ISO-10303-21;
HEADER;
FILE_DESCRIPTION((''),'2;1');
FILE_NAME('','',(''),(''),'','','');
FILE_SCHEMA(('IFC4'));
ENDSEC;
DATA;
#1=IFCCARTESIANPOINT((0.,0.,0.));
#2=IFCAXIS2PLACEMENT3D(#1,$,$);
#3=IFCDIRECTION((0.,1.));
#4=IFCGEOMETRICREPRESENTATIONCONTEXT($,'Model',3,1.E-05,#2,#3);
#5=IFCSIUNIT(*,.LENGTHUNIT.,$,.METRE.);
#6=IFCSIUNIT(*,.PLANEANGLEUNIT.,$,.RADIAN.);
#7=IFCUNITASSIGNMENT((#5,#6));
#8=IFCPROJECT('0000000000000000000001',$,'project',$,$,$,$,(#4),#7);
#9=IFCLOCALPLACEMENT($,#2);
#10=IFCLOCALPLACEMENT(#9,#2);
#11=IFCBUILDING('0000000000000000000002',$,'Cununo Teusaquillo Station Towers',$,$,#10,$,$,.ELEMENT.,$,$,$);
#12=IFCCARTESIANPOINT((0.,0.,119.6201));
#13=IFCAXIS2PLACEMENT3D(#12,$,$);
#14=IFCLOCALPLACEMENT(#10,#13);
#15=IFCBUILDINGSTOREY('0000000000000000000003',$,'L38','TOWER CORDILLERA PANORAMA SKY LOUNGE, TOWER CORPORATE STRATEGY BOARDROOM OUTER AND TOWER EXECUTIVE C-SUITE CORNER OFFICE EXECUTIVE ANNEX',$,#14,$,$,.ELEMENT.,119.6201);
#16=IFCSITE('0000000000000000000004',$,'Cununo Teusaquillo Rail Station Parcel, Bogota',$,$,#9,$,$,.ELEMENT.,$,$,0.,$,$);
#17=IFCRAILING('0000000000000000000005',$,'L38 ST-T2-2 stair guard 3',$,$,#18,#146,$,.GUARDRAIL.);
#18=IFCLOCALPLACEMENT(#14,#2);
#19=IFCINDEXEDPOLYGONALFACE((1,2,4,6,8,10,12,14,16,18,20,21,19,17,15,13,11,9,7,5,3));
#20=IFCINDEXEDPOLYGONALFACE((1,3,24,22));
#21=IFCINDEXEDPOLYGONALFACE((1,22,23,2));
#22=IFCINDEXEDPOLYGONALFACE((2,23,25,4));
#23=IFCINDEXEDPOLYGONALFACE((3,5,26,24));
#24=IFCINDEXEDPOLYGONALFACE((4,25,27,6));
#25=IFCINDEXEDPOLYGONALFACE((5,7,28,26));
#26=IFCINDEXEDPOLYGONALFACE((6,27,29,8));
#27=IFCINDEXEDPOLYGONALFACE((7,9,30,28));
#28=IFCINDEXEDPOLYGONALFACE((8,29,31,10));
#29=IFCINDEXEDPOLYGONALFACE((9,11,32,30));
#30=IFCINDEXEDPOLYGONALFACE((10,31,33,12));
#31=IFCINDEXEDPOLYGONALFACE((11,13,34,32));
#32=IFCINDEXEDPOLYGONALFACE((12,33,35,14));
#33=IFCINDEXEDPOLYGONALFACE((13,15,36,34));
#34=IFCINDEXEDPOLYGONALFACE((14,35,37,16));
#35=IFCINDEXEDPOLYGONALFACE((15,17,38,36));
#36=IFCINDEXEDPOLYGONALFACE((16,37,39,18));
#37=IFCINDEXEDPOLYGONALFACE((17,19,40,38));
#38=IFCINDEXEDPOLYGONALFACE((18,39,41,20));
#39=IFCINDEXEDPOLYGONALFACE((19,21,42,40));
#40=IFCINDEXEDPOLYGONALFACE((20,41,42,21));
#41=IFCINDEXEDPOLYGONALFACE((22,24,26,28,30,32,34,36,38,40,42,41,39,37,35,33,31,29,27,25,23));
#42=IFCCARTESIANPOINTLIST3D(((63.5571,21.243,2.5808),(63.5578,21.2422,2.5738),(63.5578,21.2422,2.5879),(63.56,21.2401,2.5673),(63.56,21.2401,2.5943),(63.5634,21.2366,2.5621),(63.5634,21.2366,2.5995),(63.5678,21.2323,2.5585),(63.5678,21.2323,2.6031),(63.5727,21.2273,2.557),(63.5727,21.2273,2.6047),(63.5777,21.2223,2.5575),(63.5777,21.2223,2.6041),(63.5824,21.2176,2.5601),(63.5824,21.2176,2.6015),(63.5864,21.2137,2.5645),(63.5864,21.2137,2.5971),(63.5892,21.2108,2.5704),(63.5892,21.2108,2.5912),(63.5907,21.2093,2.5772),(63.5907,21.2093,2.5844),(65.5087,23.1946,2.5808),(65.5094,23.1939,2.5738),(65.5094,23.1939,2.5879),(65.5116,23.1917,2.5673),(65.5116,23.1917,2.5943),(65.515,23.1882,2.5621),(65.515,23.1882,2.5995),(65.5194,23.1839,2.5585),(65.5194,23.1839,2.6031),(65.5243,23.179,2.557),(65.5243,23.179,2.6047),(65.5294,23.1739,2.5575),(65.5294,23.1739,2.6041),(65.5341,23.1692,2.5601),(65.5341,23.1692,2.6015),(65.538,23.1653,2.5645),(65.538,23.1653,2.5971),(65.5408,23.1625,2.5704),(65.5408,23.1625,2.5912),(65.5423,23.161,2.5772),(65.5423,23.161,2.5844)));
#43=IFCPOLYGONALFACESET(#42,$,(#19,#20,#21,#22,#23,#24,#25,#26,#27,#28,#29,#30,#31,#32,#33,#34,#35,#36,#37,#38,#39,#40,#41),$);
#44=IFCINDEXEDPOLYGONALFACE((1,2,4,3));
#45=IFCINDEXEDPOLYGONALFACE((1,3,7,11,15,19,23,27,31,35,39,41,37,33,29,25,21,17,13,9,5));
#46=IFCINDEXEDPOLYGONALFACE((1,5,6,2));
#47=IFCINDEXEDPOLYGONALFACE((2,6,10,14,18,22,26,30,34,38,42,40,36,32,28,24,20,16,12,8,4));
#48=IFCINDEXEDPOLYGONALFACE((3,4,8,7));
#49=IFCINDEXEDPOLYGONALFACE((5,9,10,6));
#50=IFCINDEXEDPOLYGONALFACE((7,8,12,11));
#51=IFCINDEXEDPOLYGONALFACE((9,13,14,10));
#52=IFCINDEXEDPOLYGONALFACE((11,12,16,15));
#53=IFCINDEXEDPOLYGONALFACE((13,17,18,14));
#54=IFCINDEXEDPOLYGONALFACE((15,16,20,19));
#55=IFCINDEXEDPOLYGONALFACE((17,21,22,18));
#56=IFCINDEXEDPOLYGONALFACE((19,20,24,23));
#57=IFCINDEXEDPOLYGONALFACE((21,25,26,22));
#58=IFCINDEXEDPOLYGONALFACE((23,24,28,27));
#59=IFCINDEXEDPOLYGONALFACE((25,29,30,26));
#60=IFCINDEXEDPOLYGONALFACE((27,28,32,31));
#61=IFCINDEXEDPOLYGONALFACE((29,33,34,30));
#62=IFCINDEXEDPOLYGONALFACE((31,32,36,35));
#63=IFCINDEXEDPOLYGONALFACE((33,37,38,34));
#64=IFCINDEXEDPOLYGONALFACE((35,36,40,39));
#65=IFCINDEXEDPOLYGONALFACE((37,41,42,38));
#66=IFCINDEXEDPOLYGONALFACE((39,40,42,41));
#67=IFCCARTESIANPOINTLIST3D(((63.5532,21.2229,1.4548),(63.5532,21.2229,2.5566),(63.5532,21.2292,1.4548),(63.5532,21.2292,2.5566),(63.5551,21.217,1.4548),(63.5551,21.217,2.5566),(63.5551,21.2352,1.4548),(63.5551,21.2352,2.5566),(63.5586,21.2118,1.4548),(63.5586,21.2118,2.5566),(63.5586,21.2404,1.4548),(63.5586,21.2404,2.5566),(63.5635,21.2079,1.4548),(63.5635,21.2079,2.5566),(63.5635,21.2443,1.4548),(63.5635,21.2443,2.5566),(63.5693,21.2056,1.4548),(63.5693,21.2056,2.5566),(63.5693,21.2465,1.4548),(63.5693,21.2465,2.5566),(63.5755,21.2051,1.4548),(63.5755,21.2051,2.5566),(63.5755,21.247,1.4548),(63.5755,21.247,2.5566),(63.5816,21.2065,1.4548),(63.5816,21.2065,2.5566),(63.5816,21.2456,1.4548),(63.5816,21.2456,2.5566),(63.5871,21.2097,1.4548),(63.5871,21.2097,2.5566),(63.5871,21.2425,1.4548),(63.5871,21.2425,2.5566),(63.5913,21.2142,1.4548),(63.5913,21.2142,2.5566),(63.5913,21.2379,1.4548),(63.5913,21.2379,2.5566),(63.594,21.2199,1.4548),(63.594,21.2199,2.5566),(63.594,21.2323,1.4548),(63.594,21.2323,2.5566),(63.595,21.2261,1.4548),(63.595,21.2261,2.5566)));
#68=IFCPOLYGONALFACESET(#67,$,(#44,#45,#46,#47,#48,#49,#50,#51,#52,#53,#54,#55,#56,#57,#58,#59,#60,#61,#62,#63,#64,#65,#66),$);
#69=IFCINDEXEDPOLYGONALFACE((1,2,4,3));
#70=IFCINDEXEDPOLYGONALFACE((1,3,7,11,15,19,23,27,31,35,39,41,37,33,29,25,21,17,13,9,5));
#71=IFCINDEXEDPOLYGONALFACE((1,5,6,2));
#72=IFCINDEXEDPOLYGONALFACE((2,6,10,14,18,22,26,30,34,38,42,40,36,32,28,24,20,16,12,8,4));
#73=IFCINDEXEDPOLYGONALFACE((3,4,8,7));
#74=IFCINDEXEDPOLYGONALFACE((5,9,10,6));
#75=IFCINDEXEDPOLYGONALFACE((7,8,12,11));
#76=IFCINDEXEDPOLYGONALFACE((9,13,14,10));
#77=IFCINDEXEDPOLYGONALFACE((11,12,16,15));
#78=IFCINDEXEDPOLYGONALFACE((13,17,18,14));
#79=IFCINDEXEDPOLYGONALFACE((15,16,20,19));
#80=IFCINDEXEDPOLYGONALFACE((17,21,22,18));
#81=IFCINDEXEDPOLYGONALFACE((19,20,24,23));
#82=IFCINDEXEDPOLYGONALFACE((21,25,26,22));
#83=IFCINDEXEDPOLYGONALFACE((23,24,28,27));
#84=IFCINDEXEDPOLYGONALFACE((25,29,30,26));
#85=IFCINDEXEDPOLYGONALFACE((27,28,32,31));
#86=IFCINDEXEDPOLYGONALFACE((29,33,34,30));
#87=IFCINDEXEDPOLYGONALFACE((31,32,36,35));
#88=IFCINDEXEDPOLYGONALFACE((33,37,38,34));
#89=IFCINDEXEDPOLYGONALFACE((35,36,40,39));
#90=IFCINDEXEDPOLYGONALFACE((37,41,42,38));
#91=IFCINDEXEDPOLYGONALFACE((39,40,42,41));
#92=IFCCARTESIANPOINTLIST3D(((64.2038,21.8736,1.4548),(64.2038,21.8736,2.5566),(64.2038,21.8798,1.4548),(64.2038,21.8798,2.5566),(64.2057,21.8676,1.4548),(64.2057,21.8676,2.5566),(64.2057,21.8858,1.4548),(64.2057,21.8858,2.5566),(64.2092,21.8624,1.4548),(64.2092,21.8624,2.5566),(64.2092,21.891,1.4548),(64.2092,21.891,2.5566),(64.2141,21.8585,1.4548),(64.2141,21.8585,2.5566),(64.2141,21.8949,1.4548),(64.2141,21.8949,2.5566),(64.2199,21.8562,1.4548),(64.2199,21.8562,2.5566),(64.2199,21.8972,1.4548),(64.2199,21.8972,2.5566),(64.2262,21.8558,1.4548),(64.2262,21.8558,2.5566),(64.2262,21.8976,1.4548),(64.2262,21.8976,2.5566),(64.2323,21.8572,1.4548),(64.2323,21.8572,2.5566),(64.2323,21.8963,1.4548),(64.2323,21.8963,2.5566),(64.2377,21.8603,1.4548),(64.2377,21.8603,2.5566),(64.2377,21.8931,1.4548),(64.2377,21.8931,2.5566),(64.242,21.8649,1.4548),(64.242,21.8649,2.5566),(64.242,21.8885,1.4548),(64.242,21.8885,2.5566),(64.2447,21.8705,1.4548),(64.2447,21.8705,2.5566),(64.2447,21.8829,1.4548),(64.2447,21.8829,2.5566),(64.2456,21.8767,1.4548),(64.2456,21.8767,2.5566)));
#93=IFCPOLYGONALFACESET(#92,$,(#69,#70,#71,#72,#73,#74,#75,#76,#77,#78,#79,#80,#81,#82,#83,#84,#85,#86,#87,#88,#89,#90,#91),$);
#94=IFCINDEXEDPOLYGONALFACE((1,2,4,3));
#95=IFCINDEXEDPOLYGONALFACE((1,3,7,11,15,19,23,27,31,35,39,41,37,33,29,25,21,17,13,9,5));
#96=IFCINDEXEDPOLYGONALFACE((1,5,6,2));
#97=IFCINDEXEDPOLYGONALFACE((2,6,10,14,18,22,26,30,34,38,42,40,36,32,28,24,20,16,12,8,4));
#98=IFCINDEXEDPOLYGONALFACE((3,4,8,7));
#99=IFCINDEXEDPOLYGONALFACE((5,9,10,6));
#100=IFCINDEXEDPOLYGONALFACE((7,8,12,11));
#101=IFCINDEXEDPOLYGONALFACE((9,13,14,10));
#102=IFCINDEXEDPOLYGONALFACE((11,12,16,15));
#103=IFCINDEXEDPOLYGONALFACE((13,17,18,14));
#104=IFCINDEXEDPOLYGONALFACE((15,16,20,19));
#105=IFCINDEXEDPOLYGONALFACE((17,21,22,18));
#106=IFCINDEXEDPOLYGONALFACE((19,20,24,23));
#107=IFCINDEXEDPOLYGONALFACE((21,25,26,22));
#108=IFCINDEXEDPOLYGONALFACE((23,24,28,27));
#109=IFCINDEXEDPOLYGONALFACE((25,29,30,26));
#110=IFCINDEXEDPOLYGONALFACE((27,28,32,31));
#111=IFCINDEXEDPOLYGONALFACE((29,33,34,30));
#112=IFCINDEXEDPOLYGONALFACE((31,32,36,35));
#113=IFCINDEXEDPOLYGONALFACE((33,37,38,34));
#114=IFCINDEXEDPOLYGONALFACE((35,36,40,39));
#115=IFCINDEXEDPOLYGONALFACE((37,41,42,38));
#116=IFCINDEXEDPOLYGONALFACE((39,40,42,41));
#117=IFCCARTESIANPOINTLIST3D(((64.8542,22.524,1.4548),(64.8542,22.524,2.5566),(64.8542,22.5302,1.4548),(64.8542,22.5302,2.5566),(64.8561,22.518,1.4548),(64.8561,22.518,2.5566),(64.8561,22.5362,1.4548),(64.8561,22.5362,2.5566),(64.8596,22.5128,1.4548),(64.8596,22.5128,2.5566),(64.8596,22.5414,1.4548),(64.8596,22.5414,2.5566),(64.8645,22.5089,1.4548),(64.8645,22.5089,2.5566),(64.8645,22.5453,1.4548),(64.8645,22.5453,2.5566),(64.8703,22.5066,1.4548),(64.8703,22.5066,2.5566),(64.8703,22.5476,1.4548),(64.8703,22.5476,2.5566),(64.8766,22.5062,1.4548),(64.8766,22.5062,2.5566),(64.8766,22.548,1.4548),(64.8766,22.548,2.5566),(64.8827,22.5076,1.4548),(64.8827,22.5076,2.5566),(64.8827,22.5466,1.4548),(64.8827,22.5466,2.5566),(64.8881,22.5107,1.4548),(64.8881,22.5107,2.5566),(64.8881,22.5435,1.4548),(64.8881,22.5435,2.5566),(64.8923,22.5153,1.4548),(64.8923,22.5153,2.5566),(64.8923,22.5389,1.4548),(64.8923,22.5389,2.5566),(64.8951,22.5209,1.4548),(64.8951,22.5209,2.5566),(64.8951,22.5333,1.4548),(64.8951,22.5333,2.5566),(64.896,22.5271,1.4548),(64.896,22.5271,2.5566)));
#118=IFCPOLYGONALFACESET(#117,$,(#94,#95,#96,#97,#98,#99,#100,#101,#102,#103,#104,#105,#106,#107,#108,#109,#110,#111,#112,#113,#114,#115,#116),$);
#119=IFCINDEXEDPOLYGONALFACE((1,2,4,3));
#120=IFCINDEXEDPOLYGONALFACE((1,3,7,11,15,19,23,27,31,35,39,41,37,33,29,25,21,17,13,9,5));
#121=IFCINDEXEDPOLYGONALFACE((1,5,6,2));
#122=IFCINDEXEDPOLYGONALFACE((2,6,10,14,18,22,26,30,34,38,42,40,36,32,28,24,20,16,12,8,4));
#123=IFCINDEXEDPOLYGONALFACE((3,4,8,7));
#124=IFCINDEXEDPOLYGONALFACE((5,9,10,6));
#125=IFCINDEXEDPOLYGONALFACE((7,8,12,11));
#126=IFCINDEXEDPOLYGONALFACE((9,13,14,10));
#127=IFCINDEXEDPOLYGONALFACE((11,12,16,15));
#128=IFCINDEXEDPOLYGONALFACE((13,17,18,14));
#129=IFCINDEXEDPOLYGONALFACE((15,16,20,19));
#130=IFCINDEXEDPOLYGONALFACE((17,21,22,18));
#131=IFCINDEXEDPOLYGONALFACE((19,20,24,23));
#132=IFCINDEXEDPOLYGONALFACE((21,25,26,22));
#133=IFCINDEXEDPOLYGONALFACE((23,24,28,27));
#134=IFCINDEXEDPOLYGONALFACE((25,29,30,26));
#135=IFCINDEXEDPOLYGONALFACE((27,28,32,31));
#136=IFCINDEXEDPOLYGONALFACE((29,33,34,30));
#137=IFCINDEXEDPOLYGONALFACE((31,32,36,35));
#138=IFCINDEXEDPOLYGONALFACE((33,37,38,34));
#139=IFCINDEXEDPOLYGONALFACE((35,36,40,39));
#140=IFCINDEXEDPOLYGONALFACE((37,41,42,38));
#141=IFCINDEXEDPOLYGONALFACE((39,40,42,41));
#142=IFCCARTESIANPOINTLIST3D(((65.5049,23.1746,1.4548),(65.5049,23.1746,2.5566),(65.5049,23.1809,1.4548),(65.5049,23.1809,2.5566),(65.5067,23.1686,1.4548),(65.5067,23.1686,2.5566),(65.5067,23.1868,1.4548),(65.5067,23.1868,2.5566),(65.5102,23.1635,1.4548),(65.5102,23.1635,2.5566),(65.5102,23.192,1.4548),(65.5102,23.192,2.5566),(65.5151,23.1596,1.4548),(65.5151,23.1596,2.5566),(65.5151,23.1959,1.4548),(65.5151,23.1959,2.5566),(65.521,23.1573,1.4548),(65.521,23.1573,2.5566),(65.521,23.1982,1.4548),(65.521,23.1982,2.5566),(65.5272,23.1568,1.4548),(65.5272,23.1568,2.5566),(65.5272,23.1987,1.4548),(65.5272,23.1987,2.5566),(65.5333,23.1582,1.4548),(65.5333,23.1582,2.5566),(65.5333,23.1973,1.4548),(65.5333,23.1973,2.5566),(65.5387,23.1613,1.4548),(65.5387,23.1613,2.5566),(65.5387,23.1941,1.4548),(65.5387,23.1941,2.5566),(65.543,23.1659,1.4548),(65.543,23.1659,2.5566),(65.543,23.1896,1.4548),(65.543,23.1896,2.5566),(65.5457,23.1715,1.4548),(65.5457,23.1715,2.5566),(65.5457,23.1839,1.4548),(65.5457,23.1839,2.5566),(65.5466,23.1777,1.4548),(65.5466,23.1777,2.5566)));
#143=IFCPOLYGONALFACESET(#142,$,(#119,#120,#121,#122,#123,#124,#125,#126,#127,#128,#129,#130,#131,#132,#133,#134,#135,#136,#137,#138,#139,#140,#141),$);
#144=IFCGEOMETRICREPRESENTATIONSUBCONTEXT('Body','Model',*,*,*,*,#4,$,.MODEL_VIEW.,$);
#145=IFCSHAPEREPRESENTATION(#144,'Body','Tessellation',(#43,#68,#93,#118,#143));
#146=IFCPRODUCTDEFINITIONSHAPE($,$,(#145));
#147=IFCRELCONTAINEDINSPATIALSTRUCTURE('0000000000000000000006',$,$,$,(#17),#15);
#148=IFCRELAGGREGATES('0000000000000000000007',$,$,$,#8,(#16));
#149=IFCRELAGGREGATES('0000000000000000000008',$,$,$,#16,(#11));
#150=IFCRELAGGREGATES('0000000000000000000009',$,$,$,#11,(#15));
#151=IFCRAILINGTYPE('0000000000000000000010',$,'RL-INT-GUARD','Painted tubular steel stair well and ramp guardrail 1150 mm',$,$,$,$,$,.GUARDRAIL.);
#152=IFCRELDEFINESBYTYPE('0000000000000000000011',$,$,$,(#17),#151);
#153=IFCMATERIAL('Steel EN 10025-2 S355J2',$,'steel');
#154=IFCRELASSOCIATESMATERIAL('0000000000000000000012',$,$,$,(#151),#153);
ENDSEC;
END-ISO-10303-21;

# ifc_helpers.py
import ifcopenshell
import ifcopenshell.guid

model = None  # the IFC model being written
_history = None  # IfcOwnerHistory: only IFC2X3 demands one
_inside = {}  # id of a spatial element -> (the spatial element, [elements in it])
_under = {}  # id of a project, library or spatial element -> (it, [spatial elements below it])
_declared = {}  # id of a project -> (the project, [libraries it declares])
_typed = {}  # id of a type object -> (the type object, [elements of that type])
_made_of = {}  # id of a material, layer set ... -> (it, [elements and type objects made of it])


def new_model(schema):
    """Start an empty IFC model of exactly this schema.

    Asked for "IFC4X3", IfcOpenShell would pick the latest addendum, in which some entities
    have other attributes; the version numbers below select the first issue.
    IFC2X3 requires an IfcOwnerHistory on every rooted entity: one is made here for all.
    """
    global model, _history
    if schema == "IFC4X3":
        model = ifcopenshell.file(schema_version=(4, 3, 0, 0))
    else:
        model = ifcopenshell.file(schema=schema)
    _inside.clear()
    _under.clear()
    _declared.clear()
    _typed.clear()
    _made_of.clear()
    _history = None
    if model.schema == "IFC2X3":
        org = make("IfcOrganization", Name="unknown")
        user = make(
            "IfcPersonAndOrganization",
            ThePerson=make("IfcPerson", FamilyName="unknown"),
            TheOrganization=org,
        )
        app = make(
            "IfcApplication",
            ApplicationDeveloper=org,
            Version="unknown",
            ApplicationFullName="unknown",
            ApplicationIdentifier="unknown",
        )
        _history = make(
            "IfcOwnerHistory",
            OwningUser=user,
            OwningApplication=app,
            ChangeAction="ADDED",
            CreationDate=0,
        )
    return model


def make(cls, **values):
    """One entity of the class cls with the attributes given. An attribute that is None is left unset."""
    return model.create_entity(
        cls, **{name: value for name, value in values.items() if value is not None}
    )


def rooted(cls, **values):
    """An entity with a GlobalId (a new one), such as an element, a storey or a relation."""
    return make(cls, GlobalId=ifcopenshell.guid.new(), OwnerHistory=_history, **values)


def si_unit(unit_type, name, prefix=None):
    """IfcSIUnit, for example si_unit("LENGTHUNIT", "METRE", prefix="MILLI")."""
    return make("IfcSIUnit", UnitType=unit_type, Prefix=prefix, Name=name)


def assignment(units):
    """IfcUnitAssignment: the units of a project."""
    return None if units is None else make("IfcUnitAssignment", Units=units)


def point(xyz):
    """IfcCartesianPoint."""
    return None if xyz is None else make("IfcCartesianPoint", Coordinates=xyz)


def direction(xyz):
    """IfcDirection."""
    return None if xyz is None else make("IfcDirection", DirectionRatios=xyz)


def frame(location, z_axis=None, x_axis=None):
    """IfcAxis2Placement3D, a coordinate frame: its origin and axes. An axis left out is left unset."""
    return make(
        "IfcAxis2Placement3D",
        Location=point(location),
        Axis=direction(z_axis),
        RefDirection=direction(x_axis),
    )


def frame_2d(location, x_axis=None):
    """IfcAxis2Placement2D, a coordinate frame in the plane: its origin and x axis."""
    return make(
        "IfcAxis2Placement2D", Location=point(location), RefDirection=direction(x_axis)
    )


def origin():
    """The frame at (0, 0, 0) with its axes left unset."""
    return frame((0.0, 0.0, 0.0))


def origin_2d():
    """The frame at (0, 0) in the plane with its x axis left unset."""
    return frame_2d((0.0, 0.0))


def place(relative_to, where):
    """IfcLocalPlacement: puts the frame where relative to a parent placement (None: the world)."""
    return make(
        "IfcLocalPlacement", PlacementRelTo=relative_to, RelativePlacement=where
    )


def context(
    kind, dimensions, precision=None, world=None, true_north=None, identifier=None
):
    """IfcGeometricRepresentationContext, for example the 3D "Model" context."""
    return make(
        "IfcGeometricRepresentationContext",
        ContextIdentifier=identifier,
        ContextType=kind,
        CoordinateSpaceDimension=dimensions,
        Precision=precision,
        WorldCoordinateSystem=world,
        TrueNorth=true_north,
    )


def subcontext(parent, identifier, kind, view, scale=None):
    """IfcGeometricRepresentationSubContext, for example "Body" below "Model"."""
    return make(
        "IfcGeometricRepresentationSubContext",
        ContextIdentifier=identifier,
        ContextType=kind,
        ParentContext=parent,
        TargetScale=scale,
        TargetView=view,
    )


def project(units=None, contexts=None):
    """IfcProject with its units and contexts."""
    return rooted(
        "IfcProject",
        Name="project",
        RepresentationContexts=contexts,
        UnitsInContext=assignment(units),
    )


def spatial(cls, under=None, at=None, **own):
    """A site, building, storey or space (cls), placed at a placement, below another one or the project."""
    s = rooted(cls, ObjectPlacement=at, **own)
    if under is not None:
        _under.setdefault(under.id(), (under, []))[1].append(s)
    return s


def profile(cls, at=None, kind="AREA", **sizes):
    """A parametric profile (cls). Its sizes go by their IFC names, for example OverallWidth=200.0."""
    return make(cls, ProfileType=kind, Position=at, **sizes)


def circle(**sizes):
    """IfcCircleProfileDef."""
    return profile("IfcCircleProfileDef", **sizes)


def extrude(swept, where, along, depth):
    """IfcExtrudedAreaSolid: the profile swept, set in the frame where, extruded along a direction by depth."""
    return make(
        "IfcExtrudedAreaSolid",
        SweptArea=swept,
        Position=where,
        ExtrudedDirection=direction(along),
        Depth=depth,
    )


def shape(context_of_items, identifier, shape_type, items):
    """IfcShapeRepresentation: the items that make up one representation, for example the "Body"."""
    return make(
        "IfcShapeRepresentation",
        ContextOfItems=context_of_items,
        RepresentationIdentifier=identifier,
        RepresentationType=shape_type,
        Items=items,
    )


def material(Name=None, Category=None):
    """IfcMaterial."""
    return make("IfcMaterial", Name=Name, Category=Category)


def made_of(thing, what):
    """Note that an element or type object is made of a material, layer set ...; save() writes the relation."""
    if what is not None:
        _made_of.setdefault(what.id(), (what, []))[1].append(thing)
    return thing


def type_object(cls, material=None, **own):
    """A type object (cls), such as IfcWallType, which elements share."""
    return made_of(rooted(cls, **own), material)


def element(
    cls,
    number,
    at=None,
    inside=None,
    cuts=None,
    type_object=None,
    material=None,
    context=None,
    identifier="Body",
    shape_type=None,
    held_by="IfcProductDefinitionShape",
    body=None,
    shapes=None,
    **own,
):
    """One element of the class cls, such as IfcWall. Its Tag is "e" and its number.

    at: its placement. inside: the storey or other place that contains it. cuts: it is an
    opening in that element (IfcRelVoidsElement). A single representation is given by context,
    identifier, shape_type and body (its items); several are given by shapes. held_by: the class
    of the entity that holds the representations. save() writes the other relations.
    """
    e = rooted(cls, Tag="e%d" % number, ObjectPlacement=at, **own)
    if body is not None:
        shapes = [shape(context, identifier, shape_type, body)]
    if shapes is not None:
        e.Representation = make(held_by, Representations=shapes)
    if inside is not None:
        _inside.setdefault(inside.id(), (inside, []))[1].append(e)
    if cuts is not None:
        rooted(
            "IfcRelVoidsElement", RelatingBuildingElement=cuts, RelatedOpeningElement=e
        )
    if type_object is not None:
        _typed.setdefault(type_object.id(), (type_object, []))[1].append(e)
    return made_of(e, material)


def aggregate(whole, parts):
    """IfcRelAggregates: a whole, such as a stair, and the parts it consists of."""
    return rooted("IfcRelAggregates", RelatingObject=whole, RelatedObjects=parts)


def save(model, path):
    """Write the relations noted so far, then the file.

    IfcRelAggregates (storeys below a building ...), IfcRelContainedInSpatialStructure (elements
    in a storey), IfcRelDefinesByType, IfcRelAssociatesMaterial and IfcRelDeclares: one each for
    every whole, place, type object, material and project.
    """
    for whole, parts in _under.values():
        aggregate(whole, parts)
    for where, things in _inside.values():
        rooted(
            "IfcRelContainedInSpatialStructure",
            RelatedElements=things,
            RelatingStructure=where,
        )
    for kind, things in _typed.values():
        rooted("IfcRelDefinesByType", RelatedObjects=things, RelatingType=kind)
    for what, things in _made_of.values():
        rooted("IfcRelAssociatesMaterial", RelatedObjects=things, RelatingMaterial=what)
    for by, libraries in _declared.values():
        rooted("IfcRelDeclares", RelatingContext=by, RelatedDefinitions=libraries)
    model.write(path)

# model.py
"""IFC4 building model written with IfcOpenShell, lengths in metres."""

from ifc_helpers import new_model, si_unit, direction, frame, origin, origin_2d, place, context, subcontext, project, spatial, circle, extrude, material, type_object, element, save


model = new_model("IFC4")

# Units and contexts
model_context = context("Model", 3, precision=1e-05, world=origin(), true_north=direction((0.0, 1.0)))
body_context = subcontext(model_context, "Body", "Model", "MODEL_VIEW")
ifc_project = project(units=[si_unit("LENGTHUNIT", "METRE"), si_unit("PLANEANGLEUNIT", "RADIAN")], contexts=[model_context])

# Site, building, storey
site_placement = place(None, origin())
site = spatial("IfcSite", under=ifc_project, at=site_placement, Name="Cununo Teusaquillo Rail Station Parcel, Bogota", CompositionType="ELEMENT", RefElevation=0.0)
building_placement = place(site_placement, origin())
building = spatial("IfcBuilding", under=site, at=building_placement, Name="Cununo Teusaquillo Station Towers", CompositionType="ELEMENT")
storey_placement = place(building_placement, frame((0.0, 0.0, 119.6201)))
storey = spatial("IfcBuildingStorey", under=building, at=storey_placement, Name="L38", Description="TOWER CORDILLERA PANORAMA SKY LOUNGE, TOWER CORPORATE STRATEGY BOARDROOM OUTER AND TOWER EXECUTIVE C-SUITE CORNER OFFICE EXECUTIVE ANNEX", CompositionType="ELEMENT", Elevation=119.6201)

# Railing
ifc_material_1 = material(Name="Steel EN 10025-2 S355J2", Category="steel")
railing_type = type_object("IfcRailingType", Name="RL-INT-GUARD", Description="Painted tubular steel stair well and ramp guardrail 1150 mm", PredefinedType="GUARDRAIL", material=ifc_material_1)
railing_1_placement = place(storey_placement, frame((63.574, 21.2261, 1.4548)))
element("IfcRailing", 1, at=railing_1_placement, inside=storey, type_object=railing_type, Name="L38 ST-T2-2 stair guard 3", PredefinedType="GUARDRAIL", context=body_context, shape_type="SweptSolid", body=[
    extrude(circle(Radius=0.0239, at=origin_2d()), frame((0.0, 0.0, 1.126), z_axis=(0.707107, 0.707107, 0.0), x_axis=(-0.707107, 0.707107, 0.0)), (0.0, 0.0, 1.0), 2.76),
    extrude(circle(Radius=0.021, at=origin_2d()), origin(), (0.0, 0.0, 1.0), 1.1018),
    extrude(circle(Radius=0.021, at=origin_2d()), frame((0.6506, 0.6506, 0.0)), (0.0, 0.0, 1.0), 1.1018),
    extrude(circle(Radius=0.021, at=origin_2d()), frame((1.301, 1.301, 0.0)), (0.0, 0.0, 1.0), 1.1018),
    extrude(circle(Radius=0.021, at=origin_2d()), frame((1.9517, 1.9517, 0.0)), (0.0, 0.0, 1.0), 1.1018),
])

save(model, "model.ifc")
